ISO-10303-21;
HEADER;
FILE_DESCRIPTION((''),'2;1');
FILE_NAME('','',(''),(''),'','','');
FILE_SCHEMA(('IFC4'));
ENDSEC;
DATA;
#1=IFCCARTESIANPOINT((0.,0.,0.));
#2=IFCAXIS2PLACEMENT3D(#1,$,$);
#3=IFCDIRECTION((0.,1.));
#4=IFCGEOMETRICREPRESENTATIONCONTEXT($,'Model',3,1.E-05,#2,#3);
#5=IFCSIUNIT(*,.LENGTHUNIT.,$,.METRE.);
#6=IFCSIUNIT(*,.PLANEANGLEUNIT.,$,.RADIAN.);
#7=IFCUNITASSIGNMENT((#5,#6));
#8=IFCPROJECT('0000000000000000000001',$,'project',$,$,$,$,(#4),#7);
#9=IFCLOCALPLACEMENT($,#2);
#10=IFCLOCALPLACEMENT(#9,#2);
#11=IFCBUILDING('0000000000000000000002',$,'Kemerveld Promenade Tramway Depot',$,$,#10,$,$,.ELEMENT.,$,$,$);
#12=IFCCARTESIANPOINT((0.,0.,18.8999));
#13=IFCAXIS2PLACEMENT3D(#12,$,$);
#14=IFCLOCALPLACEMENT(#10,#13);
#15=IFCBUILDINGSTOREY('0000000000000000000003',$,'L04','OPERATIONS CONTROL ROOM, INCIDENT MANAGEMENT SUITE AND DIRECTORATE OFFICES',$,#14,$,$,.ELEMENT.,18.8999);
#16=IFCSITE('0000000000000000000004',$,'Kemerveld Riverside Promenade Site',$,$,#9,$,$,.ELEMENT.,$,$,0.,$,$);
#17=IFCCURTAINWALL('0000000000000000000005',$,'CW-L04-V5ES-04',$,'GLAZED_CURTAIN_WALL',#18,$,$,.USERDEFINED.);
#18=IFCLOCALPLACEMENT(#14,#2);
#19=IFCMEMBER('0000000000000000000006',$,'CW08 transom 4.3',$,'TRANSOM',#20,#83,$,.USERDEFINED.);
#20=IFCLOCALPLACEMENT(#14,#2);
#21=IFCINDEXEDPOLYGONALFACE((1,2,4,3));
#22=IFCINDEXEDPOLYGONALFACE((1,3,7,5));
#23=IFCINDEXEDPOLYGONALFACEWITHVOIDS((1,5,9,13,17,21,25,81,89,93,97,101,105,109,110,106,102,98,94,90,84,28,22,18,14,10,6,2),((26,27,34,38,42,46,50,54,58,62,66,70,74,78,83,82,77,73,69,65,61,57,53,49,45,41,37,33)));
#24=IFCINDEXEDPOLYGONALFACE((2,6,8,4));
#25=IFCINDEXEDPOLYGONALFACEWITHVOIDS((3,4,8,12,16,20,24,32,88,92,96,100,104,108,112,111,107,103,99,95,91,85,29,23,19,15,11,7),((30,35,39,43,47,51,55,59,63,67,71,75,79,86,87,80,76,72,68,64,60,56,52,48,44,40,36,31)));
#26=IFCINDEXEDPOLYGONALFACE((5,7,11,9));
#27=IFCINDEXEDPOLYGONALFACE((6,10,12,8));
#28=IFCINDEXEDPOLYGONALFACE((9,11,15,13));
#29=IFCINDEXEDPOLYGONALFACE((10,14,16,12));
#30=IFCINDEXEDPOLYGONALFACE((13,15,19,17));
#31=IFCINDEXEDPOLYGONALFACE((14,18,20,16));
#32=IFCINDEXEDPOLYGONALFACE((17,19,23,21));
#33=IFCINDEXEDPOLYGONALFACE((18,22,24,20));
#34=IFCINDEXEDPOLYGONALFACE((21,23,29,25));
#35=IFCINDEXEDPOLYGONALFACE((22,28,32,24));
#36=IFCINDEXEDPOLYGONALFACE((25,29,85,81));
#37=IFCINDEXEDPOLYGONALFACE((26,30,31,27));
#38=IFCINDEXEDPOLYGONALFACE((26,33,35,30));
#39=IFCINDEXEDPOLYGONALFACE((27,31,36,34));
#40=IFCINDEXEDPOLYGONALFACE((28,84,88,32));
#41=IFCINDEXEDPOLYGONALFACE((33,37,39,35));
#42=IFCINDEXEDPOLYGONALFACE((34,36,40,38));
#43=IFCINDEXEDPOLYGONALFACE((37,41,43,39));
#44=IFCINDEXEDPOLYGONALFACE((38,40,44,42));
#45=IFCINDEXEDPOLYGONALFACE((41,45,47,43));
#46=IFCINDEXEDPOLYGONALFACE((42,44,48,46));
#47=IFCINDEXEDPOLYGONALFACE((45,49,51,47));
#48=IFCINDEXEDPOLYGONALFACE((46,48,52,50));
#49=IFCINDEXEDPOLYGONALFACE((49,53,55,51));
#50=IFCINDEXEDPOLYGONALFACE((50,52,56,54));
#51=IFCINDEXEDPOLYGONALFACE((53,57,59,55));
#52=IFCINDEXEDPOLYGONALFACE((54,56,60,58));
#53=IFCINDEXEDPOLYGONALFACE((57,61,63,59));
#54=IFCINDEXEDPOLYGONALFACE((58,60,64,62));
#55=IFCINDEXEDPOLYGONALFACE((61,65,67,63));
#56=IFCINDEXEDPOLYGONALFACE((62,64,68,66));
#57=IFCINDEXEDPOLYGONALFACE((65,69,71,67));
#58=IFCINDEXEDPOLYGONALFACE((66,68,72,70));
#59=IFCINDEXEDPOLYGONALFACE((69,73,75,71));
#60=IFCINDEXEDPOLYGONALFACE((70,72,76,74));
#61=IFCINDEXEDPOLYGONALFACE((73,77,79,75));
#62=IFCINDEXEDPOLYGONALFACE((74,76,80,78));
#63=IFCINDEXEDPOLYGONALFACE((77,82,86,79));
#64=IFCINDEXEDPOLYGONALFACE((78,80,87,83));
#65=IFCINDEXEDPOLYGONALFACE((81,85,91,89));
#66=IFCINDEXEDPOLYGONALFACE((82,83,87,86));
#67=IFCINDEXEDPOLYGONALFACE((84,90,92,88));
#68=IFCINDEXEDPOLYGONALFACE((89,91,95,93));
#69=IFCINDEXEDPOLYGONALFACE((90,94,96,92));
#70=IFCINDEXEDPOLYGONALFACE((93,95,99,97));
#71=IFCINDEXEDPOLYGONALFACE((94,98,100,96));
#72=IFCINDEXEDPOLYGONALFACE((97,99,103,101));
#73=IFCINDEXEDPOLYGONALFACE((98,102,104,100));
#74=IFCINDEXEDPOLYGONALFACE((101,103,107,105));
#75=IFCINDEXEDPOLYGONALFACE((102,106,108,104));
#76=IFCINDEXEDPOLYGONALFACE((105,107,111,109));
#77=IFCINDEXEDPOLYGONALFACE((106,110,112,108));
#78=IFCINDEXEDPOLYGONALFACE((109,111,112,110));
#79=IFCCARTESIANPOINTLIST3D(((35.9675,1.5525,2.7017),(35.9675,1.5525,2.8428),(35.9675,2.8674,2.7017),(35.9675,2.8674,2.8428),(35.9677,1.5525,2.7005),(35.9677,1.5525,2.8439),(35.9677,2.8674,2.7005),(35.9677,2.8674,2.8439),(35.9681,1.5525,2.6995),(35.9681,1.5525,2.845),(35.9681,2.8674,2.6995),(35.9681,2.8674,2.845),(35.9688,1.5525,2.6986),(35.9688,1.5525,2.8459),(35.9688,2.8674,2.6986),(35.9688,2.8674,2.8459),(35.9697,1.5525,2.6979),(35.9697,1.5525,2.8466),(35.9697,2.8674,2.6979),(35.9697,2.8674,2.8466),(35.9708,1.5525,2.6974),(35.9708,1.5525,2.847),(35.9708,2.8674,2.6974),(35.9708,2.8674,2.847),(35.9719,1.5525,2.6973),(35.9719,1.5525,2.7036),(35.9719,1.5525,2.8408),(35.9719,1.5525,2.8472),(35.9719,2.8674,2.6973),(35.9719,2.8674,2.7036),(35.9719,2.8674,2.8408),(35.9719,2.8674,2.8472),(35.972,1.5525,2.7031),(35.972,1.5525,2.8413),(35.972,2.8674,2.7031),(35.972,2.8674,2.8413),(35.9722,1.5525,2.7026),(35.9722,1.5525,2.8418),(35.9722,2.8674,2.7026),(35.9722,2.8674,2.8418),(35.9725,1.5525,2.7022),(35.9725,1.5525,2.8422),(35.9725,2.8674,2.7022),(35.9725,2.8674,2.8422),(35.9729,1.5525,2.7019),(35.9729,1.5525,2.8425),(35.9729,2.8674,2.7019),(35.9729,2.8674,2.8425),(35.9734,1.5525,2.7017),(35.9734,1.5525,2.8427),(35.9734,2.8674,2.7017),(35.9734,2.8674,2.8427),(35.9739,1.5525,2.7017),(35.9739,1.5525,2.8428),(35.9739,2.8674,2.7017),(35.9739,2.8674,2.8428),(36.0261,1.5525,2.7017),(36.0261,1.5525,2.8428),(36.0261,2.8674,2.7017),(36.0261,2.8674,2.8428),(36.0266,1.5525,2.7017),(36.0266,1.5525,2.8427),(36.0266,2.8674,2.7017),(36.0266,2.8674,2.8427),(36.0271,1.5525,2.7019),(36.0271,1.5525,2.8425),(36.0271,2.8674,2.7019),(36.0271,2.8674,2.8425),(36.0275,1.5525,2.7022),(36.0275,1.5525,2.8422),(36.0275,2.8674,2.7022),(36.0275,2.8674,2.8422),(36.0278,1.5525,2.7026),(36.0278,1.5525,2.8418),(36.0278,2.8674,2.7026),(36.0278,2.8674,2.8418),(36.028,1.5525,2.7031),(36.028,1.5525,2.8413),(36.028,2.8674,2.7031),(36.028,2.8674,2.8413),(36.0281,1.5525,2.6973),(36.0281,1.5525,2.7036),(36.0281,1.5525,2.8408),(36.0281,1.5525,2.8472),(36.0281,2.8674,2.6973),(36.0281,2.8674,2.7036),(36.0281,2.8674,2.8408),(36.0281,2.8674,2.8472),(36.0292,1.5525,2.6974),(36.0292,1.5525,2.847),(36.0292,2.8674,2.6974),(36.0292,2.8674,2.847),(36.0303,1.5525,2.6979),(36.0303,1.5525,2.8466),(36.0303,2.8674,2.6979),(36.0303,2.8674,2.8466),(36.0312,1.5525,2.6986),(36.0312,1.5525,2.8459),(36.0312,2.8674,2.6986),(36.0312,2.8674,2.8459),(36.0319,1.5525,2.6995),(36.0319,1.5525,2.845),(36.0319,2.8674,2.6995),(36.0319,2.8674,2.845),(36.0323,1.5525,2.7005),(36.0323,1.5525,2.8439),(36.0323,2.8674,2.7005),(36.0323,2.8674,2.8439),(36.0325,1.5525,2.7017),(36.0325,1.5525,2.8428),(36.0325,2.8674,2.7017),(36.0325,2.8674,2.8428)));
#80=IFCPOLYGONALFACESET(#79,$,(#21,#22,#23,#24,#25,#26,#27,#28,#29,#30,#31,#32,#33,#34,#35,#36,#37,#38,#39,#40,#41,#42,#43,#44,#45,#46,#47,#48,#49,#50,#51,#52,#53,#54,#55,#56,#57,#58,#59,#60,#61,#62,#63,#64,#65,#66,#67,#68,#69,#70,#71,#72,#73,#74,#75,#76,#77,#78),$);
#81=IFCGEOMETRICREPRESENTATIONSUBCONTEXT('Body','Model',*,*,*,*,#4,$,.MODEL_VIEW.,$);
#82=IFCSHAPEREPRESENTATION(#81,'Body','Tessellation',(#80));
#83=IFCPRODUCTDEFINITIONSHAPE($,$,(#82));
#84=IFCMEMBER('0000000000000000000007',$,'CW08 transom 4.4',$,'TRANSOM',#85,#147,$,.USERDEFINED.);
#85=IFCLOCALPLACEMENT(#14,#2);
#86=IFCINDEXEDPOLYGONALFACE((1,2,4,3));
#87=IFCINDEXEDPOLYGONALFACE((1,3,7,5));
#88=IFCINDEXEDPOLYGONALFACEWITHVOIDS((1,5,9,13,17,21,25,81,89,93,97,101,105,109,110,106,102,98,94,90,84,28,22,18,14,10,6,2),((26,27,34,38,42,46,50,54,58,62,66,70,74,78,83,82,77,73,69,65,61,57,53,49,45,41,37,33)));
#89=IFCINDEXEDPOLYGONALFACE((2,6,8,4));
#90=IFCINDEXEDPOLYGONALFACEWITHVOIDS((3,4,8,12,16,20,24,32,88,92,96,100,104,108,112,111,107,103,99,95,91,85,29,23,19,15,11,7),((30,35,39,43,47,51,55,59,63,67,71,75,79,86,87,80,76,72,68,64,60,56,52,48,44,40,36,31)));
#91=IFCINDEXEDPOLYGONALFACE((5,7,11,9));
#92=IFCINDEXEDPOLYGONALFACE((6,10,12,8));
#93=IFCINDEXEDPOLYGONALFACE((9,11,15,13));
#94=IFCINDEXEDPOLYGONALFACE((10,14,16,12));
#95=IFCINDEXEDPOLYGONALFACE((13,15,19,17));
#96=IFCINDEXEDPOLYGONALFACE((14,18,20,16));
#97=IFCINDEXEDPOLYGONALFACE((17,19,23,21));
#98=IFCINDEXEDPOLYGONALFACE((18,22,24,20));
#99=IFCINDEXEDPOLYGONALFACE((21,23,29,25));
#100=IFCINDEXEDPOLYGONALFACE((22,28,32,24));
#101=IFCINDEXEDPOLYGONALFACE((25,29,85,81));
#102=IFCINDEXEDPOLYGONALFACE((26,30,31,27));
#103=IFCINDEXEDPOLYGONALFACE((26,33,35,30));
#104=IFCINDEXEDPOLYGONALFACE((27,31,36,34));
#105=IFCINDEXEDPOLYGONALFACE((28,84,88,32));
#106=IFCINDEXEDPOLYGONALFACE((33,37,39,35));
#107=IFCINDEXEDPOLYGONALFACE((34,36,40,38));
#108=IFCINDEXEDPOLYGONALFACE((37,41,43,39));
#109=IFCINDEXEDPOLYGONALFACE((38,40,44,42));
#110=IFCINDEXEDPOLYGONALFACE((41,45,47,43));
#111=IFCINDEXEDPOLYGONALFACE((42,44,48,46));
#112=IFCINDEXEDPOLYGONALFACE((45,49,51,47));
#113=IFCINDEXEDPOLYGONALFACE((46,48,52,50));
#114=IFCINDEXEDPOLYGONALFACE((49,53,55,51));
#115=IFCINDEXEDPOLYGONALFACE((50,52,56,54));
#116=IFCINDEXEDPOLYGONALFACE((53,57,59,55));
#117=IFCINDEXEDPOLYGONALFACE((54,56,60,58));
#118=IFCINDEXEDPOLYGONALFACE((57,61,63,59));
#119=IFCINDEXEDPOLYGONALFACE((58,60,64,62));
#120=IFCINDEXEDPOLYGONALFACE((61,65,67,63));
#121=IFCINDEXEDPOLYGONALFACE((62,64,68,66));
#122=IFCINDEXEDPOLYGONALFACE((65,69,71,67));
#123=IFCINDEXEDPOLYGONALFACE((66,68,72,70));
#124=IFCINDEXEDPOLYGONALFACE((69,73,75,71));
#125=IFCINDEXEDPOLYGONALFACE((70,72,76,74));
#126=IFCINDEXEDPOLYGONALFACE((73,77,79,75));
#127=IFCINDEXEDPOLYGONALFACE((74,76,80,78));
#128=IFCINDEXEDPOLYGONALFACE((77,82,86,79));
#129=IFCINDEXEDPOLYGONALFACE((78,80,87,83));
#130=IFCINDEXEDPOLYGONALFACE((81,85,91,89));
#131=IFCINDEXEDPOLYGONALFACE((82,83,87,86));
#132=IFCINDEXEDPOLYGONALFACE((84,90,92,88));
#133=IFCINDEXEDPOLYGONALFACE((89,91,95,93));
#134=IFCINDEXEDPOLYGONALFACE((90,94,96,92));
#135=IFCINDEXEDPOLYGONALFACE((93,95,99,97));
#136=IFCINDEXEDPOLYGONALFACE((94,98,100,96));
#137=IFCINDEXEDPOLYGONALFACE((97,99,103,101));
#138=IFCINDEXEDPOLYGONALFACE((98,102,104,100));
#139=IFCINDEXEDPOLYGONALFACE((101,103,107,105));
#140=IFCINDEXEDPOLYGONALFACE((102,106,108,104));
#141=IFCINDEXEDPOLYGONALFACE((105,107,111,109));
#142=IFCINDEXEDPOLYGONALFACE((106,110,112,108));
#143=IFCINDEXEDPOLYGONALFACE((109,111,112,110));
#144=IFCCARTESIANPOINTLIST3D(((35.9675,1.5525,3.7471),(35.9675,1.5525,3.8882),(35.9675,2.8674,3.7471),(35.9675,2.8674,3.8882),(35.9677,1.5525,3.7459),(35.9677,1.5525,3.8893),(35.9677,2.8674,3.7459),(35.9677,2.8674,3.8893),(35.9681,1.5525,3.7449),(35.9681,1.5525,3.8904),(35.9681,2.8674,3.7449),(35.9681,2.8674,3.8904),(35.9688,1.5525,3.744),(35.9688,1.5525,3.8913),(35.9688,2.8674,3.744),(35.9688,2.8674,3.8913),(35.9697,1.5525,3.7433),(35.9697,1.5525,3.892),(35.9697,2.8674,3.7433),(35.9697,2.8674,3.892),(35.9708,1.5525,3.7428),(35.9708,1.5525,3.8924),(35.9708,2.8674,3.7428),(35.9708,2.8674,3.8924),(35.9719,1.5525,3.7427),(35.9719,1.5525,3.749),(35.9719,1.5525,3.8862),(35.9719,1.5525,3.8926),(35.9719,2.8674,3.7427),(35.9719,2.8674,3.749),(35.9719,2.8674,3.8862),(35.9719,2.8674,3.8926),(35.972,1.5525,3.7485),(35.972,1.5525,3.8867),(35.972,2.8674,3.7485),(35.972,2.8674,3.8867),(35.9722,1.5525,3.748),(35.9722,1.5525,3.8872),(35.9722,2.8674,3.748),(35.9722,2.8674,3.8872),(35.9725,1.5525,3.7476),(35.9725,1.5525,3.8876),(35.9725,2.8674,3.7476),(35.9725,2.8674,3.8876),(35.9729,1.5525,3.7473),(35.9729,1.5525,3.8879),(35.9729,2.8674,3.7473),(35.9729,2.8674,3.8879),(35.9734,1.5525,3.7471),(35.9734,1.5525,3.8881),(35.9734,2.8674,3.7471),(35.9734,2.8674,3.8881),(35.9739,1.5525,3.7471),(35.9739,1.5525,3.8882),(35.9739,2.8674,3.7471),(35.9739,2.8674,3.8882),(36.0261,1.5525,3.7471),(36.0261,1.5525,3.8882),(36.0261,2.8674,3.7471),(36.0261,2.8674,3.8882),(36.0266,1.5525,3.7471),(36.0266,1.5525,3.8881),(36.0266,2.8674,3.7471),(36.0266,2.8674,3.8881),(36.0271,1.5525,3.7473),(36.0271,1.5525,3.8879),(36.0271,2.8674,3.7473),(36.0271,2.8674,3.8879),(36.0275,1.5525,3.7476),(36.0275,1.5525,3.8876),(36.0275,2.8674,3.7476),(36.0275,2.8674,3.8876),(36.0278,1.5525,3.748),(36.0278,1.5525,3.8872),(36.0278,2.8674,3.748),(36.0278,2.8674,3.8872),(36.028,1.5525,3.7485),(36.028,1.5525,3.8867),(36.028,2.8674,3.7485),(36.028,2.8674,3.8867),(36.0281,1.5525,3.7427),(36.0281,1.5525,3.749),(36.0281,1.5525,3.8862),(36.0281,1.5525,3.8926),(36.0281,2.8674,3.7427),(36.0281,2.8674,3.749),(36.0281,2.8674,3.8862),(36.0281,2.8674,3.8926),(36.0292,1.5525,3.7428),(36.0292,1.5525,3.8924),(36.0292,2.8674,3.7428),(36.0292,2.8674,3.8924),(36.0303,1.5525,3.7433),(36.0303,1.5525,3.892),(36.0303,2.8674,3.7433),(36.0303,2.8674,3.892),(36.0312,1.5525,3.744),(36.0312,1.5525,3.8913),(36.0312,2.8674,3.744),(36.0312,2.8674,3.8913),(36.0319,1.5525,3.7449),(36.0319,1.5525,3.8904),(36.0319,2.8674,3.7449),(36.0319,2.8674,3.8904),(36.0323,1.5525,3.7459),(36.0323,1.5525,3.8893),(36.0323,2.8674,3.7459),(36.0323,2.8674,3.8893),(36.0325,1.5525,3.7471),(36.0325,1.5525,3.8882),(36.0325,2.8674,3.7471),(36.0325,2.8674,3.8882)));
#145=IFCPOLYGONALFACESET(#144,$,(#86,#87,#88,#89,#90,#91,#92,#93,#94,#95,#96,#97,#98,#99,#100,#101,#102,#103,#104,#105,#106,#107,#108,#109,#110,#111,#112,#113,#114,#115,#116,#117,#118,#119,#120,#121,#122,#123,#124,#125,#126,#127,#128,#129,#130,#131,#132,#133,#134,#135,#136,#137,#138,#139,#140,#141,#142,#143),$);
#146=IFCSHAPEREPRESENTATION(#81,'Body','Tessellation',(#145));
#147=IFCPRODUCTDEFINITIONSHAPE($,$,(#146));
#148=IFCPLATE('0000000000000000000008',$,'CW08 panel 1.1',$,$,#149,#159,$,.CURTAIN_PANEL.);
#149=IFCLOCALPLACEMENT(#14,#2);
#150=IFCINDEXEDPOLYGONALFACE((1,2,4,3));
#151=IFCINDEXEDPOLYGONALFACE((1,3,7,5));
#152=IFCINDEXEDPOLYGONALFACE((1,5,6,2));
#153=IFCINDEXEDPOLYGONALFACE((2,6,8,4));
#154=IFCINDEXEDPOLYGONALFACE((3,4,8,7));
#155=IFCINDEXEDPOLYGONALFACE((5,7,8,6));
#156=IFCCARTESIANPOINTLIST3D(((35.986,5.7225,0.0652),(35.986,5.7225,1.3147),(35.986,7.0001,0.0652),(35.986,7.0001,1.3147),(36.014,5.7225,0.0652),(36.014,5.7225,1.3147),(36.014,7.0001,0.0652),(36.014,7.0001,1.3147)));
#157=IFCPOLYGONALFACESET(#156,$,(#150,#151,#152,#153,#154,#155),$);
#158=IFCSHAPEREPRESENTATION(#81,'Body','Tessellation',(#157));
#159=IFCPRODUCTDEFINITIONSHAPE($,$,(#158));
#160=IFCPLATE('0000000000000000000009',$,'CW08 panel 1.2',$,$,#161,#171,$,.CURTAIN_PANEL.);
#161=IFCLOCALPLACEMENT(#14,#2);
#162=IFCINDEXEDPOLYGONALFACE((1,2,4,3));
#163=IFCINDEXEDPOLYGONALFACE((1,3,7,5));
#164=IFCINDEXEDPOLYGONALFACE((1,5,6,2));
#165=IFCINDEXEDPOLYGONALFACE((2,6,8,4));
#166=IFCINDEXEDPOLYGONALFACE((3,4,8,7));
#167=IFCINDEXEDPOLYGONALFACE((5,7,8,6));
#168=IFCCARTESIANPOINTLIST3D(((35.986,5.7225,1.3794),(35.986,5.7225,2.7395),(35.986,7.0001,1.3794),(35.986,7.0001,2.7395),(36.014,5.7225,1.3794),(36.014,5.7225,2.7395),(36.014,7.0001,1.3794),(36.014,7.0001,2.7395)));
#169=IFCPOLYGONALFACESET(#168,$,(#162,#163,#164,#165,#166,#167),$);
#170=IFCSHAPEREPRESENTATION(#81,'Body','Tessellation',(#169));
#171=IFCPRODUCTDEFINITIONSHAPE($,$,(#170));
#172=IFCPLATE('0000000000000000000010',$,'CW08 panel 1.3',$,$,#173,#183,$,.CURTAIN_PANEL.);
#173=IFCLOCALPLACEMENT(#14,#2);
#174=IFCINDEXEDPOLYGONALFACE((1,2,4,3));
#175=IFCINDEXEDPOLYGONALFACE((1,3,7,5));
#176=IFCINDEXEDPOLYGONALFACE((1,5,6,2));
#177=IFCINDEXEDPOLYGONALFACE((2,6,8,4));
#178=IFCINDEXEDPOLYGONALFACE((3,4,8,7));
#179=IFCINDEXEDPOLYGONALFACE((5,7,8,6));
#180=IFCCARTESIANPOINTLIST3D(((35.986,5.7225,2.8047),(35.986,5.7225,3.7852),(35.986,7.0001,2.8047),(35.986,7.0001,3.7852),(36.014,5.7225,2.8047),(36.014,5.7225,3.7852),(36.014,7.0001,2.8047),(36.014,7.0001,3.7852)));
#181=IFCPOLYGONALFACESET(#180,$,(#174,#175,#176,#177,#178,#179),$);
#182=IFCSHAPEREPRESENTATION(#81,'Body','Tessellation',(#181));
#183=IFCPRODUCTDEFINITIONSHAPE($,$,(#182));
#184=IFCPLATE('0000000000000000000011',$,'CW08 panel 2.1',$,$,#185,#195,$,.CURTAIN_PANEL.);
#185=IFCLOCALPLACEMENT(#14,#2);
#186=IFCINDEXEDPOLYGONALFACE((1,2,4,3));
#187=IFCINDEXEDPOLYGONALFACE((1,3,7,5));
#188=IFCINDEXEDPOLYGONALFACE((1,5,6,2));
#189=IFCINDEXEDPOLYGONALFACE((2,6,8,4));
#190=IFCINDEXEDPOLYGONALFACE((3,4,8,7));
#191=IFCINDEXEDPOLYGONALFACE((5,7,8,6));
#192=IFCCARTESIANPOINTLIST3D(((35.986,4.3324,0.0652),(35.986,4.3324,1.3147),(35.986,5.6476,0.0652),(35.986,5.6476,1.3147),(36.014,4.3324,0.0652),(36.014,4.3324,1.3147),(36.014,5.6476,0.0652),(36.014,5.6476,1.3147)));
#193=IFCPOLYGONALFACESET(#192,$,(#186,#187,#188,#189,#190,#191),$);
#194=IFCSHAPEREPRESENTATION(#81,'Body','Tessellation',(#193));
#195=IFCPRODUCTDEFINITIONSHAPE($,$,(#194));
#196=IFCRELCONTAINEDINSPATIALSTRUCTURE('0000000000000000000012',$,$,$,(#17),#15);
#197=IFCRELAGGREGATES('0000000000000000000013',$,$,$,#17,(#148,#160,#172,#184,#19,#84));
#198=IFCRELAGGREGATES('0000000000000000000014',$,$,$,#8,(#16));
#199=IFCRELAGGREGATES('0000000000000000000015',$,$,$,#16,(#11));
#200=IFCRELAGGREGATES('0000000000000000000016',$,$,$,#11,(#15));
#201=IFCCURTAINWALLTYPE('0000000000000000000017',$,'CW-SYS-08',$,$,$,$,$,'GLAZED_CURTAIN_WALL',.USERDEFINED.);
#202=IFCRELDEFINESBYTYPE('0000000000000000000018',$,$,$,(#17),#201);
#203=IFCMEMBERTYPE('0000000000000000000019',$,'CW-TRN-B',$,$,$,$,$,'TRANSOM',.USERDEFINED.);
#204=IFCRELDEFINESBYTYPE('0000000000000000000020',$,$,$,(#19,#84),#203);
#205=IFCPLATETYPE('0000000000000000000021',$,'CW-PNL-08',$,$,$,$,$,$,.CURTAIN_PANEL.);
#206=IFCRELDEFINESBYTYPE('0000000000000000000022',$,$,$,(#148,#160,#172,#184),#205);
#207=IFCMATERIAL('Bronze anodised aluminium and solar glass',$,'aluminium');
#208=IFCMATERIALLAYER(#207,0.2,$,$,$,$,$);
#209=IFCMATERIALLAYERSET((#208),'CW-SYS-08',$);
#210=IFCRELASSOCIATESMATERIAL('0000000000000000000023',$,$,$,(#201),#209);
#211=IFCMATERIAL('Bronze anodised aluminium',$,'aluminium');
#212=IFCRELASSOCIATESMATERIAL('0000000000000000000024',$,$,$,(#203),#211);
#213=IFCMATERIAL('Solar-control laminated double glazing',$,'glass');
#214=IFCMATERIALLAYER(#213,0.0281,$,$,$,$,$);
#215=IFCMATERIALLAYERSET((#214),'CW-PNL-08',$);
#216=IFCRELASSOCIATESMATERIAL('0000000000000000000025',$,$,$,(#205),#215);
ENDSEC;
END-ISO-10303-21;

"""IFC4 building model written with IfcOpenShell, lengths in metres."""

from ifc_helpers import new_model, si_unit, direction, frame, origin, origin_2d, place, context, subcontext, project, spatial, rectangle, hollow_rectangle, extrude, material, layer, layer_set, material_profile, profile_set, type_object, element, aggregate, save


model = new_model("IFC4")

# Units and contexts
model_context = context("Model", 3, precision=1e-05, world=origin(), true_north=direction((0.0, 1.0)))
body_context = subcontext(model_context, "Body", "Model", "MODEL_VIEW")
ifc_project = project(units=[si_unit("LENGTHUNIT", "METRE"), si_unit("PLANEANGLEUNIT", "RADIAN")], contexts=[model_context])

# Site, building, storey
site_placement = place(None, origin())
site = spatial("IfcSite", under=ifc_project, at=site_placement, Name="Kemerveld Riverside Promenade Site", CompositionType="ELEMENT", RefElevation=0.0)
building_placement = place(site_placement, origin())
building = spatial("IfcBuilding", under=site, at=building_placement, Name="Kemerveld Promenade Tramway Depot", CompositionType="ELEMENT")
storey_placement = place(building_placement, frame((0.0, 0.0, 18.8999)))
storey = spatial("IfcBuildingStorey", under=building, at=storey_placement, Name="L04", Description="OPERATIONS CONTROL ROOM, INCIDENT MANAGEMENT SUITE AND DIRECTORATE OFFICES", CompositionType="ELEMENT", Elevation=18.8999)

# Curtain wall, members, plates
ifc_material_1 = material(Name="Bronze anodised aluminium and solar glass", Category="aluminium")
ifc_layer_1 = layer(ifc_material_1, 0.2)
ifc_layer_set_1 = layer_set([ifc_layer_1], Name="CW-SYS-08")
curtain_wall_type = type_object("IfcCurtainWallType", Name="CW-SYS-08", ElementType="GLAZED_CURTAIN_WALL", PredefinedType="USERDEFINED", material=ifc_layer_set_1)
curtain_wall_placement = place(storey_placement, origin())
curtain_wall = element("IfcCurtainWall", 1, at=curtain_wall_placement, inside=storey, type_object=curtain_wall_type, Name="CW-L04-V5ES-04", ObjectType="GLAZED_CURTAIN_WALL", PredefinedType="USERDEFINED")
ifc_material_2 = material(Name="Bronze anodised aluminium", Category="aluminium")
ifc_material_profile_1 = material_profile(ifc_material_2, hollow_rectangle(XDim=0.0649, YDim=0.1499, WallThickness=0.0044, InnerFilletRadius=0.002, OuterFilletRadius=0.0044, at=origin_2d()), Name="CW-TRN-150x65")
ifc_profile_set_1 = profile_set([ifc_material_profile_1], Name="Bronze anodised aluminium")
member_type_1 = type_object("IfcMemberType", Name="CW-TRN-B", ElementType="TRANSOM", PredefinedType="USERDEFINED", material=ifc_profile_set_1)
member_1_placement = place(storey_placement, frame((36.0, 2.8674, 2.7722), z_axis=(0.0, -1.0, 0.0), x_axis=(1.0, 0.0, 0.0)))
member_1 = element("IfcMember", 2, at=member_1_placement, type_object=member_type_1, Name="CW08 transom 4.3", ObjectType="TRANSOM", PredefinedType="USERDEFINED", context=body_context, shape_type="SweptSolid", body=[
    extrude(hollow_rectangle(XDim=0.0649, YDim=0.1499, WallThickness=0.0044, InnerFilletRadius=0.002, OuterFilletRadius=0.0044, at=origin_2d()), origin(), (0.0, 0.0, 1.0), 1.3149),
])
member_2_placement = place(storey_placement, frame((36.0, 2.8674, 3.8176), z_axis=(0.0, -1.0, 0.0), x_axis=(1.0, 0.0, 0.0)))
member_2 = element("IfcMember", 3, at=member_2_placement, type_object=member_type_1, Name="CW08 transom 4.4", ObjectType="TRANSOM", PredefinedType="USERDEFINED", context=body_context, shape_type="SweptSolid", body=[
    extrude(hollow_rectangle(XDim=0.0649, YDim=0.1499, WallThickness=0.0044, InnerFilletRadius=0.002, OuterFilletRadius=0.0044, at=origin_2d()), origin(), (0.0, 0.0, 1.0), 1.3149),
])
ifc_material_3 = material(Name="Solar-control laminated double glazing", Category="glass")
ifc_layer_2 = layer(ifc_material_3, 0.0281)
ifc_layer_set_2 = layer_set([ifc_layer_2], Name="CW-PNL-08")
plate_type = type_object("IfcPlateType", Name="CW-PNL-08", PredefinedType="CURTAIN_PANEL", material=ifc_layer_set_2)
plate_1_placement = place(storey_placement, frame((36.0, 6.3613, 0.0652), z_axis=(0.0, 0.0, 1.0), x_axis=(0.0, -1.0, 0.0)))
plate_1 = element("IfcPlate", 4, at=plate_1_placement, type_object=plate_type, Name="CW08 panel 1.1", PredefinedType="CURTAIN_PANEL", context=body_context, shape_type="SweptSolid", body=[
    extrude(rectangle(XDim=1.2776, YDim=0.0281, at=origin_2d()), origin(), (0.0, 0.0, 1.0), 1.2495),
])
plate_2_placement = place(storey_placement, frame((36.0, 6.3613, 1.3794), z_axis=(0.0, 0.0, 1.0), x_axis=(0.0, -1.0, 0.0)))
plate_2 = element("IfcPlate", 5, at=plate_2_placement, type_object=plate_type, Name="CW08 panel 1.2", PredefinedType="CURTAIN_PANEL", context=body_context, shape_type="SweptSolid", body=[
    extrude(rectangle(XDim=1.2776, YDim=0.0281, at=origin_2d()), origin(), (0.0, 0.0, 1.0), 1.3601),
])
plate_3_placement = place(storey_placement, frame((36.0, 6.3613, 2.8047), z_axis=(0.0, 0.0, 1.0), x_axis=(0.0, -1.0, 0.0)))
plate_3 = element("IfcPlate", 6, at=plate_3_placement, type_object=plate_type, Name="CW08 panel 1.3", PredefinedType="CURTAIN_PANEL", context=body_context, shape_type="SweptSolid", body=[
    extrude(rectangle(XDim=1.2776, YDim=0.0281, at=origin_2d()), origin(), (0.0, 0.0, 1.0), 0.9805),
])
plate_4_placement = place(storey_placement, frame((36.0, 4.99, 0.0652), z_axis=(0.0, 0.0, 1.0), x_axis=(0.0, -1.0, 0.0)))
plate_4 = element("IfcPlate", 7, at=plate_4_placement, type_object=plate_type, Name="CW08 panel 2.1", PredefinedType="CURTAIN_PANEL", context=body_context, shape_type="SweptSolid", body=[
    extrude(rectangle(XDim=1.3152, YDim=0.0281, at=origin_2d()), origin(), (0.0, 0.0, 1.0), 1.2495),
])
aggregate(curtain_wall, [plate_1, plate_2, plate_3, plate_4, member_1, member_2])

save(model, "model.ifc")
